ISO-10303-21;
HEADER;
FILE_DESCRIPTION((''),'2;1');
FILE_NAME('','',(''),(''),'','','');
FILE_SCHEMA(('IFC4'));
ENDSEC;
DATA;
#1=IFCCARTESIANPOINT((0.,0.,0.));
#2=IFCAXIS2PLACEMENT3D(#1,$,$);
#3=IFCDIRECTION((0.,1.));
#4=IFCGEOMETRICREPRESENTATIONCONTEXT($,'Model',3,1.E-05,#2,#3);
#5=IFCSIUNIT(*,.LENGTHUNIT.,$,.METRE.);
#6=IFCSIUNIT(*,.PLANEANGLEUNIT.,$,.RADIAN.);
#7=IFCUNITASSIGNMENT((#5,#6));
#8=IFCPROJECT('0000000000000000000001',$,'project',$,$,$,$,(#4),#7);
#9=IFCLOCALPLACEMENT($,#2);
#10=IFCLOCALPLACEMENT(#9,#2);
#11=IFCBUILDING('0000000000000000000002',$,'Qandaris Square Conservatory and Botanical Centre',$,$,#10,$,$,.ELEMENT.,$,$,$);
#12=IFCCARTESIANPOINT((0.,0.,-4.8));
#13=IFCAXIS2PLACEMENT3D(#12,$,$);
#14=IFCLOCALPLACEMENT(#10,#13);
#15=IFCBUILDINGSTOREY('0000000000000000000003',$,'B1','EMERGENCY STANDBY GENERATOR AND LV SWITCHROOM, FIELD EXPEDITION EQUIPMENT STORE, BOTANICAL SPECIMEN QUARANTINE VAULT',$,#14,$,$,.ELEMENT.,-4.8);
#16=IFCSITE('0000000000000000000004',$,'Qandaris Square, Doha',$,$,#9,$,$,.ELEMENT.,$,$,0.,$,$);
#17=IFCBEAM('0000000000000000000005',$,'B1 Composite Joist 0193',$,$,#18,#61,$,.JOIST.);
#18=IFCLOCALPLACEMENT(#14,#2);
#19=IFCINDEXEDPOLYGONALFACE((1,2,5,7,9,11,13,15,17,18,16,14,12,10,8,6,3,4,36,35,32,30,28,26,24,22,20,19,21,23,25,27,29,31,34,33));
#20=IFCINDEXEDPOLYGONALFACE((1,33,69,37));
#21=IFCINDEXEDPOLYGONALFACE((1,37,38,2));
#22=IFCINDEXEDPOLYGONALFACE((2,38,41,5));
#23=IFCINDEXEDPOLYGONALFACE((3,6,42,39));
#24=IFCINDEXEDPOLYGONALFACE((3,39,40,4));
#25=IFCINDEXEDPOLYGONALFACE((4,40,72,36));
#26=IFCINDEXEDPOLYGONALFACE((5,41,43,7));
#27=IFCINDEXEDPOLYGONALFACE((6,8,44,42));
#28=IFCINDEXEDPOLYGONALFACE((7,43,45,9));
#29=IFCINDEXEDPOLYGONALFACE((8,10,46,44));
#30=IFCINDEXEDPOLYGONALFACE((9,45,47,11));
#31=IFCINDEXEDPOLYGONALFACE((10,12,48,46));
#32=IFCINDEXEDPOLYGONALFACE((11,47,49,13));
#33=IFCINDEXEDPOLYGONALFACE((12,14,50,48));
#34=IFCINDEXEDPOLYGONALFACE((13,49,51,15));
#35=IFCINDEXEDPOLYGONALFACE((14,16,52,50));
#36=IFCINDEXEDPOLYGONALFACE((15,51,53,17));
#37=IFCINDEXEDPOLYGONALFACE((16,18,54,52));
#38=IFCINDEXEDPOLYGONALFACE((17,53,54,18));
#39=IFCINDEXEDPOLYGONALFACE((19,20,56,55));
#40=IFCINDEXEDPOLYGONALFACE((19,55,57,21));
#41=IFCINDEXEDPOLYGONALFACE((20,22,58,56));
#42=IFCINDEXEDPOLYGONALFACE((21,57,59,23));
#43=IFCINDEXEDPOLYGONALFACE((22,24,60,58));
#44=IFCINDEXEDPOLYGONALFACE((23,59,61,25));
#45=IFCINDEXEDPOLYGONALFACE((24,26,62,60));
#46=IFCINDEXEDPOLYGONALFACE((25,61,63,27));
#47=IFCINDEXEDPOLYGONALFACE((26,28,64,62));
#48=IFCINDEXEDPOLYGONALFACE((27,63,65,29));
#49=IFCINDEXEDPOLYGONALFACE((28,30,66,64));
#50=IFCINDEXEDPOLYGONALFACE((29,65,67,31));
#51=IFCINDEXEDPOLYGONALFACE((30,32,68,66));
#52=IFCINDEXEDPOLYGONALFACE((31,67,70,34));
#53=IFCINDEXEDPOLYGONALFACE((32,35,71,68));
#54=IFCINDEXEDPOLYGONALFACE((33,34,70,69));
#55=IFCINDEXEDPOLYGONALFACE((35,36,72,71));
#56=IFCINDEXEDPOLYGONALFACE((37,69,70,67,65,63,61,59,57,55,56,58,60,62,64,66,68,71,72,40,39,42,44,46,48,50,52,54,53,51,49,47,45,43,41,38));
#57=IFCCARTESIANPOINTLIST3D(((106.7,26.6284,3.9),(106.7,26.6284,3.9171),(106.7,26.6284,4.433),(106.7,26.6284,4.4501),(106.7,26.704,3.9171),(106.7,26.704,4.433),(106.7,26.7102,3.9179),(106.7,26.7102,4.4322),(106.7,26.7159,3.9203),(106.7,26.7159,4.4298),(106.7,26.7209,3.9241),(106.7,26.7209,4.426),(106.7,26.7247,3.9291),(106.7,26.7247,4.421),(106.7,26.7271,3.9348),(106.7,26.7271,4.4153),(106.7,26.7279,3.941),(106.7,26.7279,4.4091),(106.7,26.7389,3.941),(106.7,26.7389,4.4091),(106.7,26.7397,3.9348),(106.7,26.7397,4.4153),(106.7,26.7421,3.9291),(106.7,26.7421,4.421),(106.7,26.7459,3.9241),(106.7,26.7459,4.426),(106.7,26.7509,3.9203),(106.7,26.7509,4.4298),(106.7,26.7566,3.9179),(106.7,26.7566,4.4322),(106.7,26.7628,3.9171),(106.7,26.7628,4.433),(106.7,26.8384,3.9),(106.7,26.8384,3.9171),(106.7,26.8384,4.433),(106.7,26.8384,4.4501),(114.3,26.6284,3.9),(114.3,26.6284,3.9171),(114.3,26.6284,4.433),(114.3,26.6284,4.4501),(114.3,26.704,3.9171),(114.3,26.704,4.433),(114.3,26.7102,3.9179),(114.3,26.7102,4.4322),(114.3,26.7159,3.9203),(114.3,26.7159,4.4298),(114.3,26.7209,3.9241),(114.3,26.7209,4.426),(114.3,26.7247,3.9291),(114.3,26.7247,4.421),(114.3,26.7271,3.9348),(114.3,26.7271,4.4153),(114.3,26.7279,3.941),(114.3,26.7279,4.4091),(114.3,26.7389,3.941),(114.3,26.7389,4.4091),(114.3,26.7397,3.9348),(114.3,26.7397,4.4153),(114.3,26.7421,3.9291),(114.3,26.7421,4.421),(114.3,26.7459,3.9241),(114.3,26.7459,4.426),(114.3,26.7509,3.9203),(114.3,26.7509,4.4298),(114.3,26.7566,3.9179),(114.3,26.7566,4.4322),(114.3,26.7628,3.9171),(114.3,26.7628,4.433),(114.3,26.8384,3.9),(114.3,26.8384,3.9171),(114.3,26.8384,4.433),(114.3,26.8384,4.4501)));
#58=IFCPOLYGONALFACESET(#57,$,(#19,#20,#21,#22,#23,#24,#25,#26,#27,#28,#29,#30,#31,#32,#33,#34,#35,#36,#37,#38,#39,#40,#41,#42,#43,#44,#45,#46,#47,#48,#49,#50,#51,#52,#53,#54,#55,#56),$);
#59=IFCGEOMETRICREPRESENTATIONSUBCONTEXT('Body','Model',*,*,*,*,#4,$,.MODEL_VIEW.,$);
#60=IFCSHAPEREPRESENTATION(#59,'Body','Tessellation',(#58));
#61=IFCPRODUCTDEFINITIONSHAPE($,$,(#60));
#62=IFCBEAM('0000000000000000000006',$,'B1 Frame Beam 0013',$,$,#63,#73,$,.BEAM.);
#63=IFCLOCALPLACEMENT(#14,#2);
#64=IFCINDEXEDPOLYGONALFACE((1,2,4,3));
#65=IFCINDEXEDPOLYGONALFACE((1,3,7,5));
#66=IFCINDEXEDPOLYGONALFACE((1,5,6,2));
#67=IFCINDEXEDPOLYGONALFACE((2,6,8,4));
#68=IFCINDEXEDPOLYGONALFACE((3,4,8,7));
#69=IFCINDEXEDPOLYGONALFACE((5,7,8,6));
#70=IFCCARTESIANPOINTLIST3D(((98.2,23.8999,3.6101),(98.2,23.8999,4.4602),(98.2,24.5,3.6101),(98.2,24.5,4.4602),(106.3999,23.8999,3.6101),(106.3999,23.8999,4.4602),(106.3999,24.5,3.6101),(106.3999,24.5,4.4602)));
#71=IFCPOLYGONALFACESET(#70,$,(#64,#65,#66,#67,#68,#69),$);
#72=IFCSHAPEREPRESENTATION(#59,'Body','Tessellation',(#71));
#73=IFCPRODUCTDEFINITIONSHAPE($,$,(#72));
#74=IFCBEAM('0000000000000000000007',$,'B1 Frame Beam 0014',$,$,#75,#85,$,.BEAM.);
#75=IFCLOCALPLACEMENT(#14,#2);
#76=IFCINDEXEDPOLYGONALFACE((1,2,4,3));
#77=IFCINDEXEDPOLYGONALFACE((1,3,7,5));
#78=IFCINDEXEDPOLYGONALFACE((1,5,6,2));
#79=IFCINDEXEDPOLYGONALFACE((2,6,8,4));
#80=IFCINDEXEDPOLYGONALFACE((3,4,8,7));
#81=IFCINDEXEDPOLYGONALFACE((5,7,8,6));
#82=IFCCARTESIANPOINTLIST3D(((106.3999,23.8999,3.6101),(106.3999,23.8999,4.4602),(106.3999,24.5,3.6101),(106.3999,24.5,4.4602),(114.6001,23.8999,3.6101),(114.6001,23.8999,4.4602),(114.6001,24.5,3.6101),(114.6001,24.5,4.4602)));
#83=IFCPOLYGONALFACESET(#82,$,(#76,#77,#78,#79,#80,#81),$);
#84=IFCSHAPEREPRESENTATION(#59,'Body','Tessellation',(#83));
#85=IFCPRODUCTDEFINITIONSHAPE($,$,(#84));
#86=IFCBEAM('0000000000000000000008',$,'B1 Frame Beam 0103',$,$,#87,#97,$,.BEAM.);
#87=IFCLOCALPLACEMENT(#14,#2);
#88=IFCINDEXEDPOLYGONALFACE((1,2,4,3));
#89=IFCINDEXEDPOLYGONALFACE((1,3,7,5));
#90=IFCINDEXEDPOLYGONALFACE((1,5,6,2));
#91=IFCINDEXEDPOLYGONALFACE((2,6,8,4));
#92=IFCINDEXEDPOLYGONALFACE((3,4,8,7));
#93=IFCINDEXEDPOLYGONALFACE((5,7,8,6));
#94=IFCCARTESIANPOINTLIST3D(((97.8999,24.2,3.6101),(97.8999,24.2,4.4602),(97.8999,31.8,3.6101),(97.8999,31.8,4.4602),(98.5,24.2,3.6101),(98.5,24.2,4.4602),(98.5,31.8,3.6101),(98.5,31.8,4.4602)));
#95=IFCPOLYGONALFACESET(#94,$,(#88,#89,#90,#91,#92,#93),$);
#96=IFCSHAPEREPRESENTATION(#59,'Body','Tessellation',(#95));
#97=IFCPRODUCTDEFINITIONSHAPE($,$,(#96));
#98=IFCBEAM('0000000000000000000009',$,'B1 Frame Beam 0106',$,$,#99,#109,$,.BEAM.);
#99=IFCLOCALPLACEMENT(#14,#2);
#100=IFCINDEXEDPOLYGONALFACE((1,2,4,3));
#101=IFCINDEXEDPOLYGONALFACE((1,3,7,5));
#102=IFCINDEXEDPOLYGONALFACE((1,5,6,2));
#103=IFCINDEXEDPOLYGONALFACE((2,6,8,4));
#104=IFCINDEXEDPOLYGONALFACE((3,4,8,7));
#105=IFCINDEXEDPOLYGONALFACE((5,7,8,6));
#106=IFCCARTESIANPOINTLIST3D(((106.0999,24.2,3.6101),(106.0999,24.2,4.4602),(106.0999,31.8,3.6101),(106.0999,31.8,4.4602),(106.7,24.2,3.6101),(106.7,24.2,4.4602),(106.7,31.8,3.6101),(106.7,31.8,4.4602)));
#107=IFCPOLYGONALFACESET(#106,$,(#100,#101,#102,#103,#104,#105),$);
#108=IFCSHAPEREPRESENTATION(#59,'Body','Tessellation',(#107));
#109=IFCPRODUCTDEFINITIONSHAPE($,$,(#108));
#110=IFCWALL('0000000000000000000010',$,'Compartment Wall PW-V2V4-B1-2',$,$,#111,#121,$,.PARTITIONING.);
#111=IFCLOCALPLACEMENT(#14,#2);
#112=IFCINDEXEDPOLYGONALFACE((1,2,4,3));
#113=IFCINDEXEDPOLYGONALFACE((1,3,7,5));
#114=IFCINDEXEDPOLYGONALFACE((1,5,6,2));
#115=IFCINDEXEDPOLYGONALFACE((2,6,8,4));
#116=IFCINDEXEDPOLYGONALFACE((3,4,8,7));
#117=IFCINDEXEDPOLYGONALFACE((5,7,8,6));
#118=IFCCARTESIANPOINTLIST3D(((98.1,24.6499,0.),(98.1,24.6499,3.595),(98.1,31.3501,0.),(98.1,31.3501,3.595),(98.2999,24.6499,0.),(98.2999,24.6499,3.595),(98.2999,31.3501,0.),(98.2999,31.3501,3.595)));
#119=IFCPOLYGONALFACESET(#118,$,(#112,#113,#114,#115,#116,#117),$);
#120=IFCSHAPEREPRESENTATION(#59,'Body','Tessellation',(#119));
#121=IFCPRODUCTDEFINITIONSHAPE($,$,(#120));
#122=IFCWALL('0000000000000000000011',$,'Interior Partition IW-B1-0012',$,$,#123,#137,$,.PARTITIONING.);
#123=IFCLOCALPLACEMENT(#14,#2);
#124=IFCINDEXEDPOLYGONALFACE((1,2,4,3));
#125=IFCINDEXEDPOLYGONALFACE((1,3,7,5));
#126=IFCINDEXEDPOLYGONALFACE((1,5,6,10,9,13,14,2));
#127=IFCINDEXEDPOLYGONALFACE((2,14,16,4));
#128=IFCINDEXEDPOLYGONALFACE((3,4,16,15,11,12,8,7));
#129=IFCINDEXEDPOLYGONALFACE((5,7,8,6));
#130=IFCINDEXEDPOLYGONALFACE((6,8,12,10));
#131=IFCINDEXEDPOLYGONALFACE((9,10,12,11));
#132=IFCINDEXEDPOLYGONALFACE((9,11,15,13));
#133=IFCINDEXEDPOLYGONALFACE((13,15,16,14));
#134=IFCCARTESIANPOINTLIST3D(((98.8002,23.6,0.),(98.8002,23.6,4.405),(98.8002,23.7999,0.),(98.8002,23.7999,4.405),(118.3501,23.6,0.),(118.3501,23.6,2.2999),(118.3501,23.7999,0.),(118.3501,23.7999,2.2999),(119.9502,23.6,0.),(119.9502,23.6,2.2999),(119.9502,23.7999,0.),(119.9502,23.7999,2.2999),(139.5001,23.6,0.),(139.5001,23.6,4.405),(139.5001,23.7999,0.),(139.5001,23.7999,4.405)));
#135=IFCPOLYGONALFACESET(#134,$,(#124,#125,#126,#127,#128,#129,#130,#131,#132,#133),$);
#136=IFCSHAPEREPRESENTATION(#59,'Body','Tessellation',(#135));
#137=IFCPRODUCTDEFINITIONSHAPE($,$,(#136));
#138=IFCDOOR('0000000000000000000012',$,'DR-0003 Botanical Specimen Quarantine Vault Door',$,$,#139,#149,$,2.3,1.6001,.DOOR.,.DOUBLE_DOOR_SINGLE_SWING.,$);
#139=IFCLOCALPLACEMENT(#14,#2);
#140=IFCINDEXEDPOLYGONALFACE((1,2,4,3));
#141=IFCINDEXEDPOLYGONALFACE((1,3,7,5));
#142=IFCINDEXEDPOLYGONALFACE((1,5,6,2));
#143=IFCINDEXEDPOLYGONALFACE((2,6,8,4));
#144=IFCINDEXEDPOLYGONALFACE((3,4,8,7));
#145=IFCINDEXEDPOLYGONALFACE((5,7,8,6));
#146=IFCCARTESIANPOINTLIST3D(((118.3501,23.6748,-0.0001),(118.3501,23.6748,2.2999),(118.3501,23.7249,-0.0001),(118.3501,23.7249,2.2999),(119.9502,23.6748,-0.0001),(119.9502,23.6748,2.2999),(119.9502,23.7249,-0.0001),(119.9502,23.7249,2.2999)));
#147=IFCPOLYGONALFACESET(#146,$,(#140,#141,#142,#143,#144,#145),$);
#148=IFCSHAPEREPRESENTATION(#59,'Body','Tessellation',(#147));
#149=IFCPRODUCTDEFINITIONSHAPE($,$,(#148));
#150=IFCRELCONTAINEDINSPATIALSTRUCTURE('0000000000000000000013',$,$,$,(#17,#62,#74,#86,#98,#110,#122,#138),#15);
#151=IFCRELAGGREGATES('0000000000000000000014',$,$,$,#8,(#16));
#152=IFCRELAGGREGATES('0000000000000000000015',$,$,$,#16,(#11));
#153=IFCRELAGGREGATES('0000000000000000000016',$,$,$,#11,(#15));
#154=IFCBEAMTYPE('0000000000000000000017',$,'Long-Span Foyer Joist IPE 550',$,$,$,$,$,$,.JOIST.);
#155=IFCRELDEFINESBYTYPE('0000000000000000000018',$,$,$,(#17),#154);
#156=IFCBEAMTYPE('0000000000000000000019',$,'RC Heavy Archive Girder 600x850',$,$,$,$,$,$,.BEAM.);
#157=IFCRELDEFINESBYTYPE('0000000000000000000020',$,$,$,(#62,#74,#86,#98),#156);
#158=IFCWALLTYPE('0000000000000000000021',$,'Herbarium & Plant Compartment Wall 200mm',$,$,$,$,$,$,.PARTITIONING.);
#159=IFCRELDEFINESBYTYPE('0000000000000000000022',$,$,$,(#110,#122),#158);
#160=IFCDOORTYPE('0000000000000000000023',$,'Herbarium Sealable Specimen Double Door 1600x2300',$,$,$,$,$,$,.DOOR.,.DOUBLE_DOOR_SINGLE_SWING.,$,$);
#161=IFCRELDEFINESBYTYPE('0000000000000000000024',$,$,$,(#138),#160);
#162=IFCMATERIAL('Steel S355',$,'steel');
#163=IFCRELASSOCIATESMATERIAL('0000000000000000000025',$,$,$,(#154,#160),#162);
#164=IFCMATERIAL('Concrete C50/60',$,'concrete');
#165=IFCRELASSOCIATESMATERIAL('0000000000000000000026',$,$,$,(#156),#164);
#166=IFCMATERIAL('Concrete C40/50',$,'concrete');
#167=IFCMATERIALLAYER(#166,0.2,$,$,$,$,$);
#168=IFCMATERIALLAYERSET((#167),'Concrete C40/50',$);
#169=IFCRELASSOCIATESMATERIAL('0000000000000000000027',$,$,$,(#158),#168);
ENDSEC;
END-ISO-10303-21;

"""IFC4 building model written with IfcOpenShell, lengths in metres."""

from ifc_helpers import new_model, si_unit, direction, frame, frame_2d, origin, origin_2d, place, context, subcontext, project, spatial, rectangle, i_section, extrude, material, layer, layer_set, material_profile, profile_set, type_object, element, fill, save


model = new_model("IFC4")

# Units and contexts
model_context = context("Model", 3, precision=1e-05, world=origin(), true_north=direction((0.0, 1.0)))
body_context = subcontext(model_context, "Body", "Model", "MODEL_VIEW")
ifc_project = project(units=[si_unit("LENGTHUNIT", "METRE"), si_unit("PLANEANGLEUNIT", "RADIAN")], contexts=[model_context])

# Site, building, storey
site_placement = place(None, origin())
site = spatial("IfcSite", under=ifc_project, at=site_placement, Name="Qandaris Square, Doha", CompositionType="ELEMENT", RefElevation=0.0)
building_placement = place(site_placement, origin())
building = spatial("IfcBuilding", under=site, at=building_placement, Name="Qandaris Square Conservatory and Botanical Centre", CompositionType="ELEMENT")
storey_placement = place(building_placement, frame((0.0, 0.0, -4.8)))
storey = spatial("IfcBuildingStorey", under=building, at=storey_placement, Name="B1", Description="EMERGENCY STANDBY GENERATOR AND LV SWITCHROOM, FIELD EXPEDITION EQUIPMENT STORE, BOTANICAL SPECIMEN QUARANTINE VAULT", CompositionType="ELEMENT", Elevation=-4.8)

# Shared definitions
ifc_material_1 = material(Name="Concrete C50/60", Category="concrete")

# Shared definitions
ifc_material_2 = material(Name="Concrete C40/50", Category="concrete")

# Beams
ifc_material_3 = material(Name="Steel S355", Category="steel")
ifc_material_profile_1 = material_profile(ifc_material_3, i_section(OverallWidth=0.21, OverallDepth=0.55, WebThickness=0.011, FlangeThickness=0.0171, FilletRadius=0.0239, at=origin_2d()), Name="IPE 550")
ifc_profile_set_1 = profile_set([ifc_material_profile_1], Name="Steel S355")
beam_type_1 = type_object("IfcBeamType", Name="Long-Span Foyer Joist IPE 550", PredefinedType="JOIST", material=ifc_profile_set_1)
for number, where, z_axis, x_axis, name in (
    (1, (106.7, 26.7334, 4.175), (1.0, 0.0, 0.0), (0.0, 1.0, 0.0), "B1 Composite Joist 0193"),
):
    element("IfcBeam", number, at=place(storey_placement, frame(where, z_axis=z_axis, x_axis=x_axis)), inside=storey, type_object=beam_type_1, Name=name, PredefinedType="JOIST", context=body_context, shape_type="SweptSolid", body=[
        extrude(i_section(OverallWidth=0.21, OverallDepth=0.55, WebThickness=0.011, FlangeThickness=0.0171, FilletRadius=0.0239, at=origin_2d()), origin(), (0.0, 0.0, 1.0), 7.6001),
    ])
ifc_material_profile_2 = material_profile(ifc_material_1, rectangle(XDim=0.6001, YDim=0.8501, at=origin_2d()), Name="RC-BM 600x850")
ifc_profile_set_2 = profile_set([ifc_material_profile_2], Name="Concrete C50/60")
beam_type_2 = type_object("IfcBeamType", Name="RC Heavy Archive Girder 600x850", PredefinedType="BEAM", material=ifc_profile_set_2)
beam_1_placement = place(storey_placement, frame((98.2, 24.2, 4.0352), z_axis=(1.0, 0.0, 0.0), x_axis=(0.0, 1.0, 0.0)))
element("IfcBeam", 2, at=beam_1_placement, inside=storey, type_object=beam_type_2, Name="B1 Frame Beam 0013", PredefinedType="BEAM", context=body_context, shape_type="SweptSolid", body=[
    extrude(rectangle(XDim=0.6001, YDim=0.8501, at=origin_2d()), origin(), (0.0, 0.0, 1.0), 8.2),
])
beam_2_placement = place(storey_placement, frame((106.3999, 24.2, 4.0352), z_axis=(1.0, 0.0, 0.0), x_axis=(0.0, 1.0, 0.0)))
element("IfcBeam", 3, at=beam_2_placement, inside=storey, type_object=beam_type_2, Name="B1 Frame Beam 0014", PredefinedType="BEAM", context=body_context, shape_type="SweptSolid", body=[
    extrude(rectangle(XDim=0.6001, YDim=0.8501, at=origin_2d()), origin(), (0.0, 0.0, 1.0), 8.2002),
])
for number, where, z_axis, x_axis, name in (
    (4, (98.2, 24.2, 4.0352), (0.0, 1.0, 0.0), (-1.0, 0.0, 0.0), "B1 Frame Beam 0103"),
    (5, (106.3999, 24.2, 4.0352), (0.0, 1.0, 0.0), (-1.0, 0.0, 0.0), "B1 Frame Beam 0106"),
):
    element("IfcBeam", number, at=place(storey_placement, frame(where, z_axis=z_axis, x_axis=x_axis)), inside=storey, type_object=beam_type_2, Name=name, PredefinedType="BEAM", context=body_context, shape_type="SweptSolid", body=[
        extrude(rectangle(XDim=0.6001, YDim=0.8501, at=origin_2d()), origin(), (0.0, 0.0, 1.0), 7.6001),
    ])

# Wall
ifc_layer = layer(ifc_material_2, 0.2)
ifc_layer_set = layer_set([ifc_layer], Name="Concrete C40/50")
wall_type = type_object("IfcWallType", Name="Herbarium & Plant Compartment Wall 200mm", PredefinedType="PARTITIONING", material=ifc_layer_set)
wall_1_placement = place(storey_placement, frame((98.2, 24.6499, 0.0), z_axis=(0.0, 0.0, 1.0), x_axis=(0.0, 1.0, 0.0)))
element("IfcWall", 6, at=wall_1_placement, inside=storey, type_object=wall_type, Name="Compartment Wall PW-V2V4-B1-2", PredefinedType="PARTITIONING", context=body_context, shape_type="SweptSolid", body=[
    extrude(rectangle(XDim=6.7002, YDim=0.2, at=frame_2d((3.3501, 0.0))), origin(), (0.0, 0.0, 1.0), 3.595),
])

# Wall, opening, door
wall_2_placement = place(storey_placement, frame((98.8, 23.7, 0.0), z_axis=(0.0, 0.0, 1.0), x_axis=(1.0, 0.0, 0.0)))
wall_2 = element("IfcWall", 7, at=wall_2_placement, inside=storey, type_object=wall_type, Name="Interior Partition IW-B1-0012", PredefinedType="PARTITIONING", context=body_context, shape_type="SweptSolid", body=[
    extrude(rectangle(XDim=40.7, YDim=0.2, at=frame_2d((20.3501, 0.0))), origin(), (0.0, 0.0, 1.0), 4.405),
])
opening_placement = place(wall_2_placement, frame((19.55, 0.0, 0.0)))
opening = element("IfcOpeningElement", 8, at=opening_placement, cuts=wall_2, PredefinedType="OPENING", context=body_context, shape_type="SweptSolid", body=[
    extrude(rectangle(XDim=1.6001, YDim=2.3, at=frame_2d((0.8, 1.1499))), frame((0.0, 0.1118, 0.0), z_axis=(0.0, -1.0, 0.0), x_axis=(1.0, 0.0, 0.0)), (0.0, 0.0, 1.0), 0.2239),
])
door_type = type_object("IfcDoorType", Name="Herbarium Sealable Specimen Double Door 1600x2300", OperationType="DOUBLE_DOOR_SINGLE_SWING", PredefinedType="DOOR", material=ifc_material_3)
door_placement = place(opening_placement, origin())
door = element("IfcDoor", 9, at=door_placement, inside=storey, type_object=door_type, Name="DR-0003 Botanical Specimen Quarantine Vault Door", OperationType="DOUBLE_DOOR_SINGLE_SWING", OverallHeight=2.3, OverallWidth=1.6001, PredefinedType="DOOR", context=body_context, shape_type="SweptSolid", body=[
    extrude(rectangle(XDim=1.6001, YDim=2.3, at=frame_2d((0.8, 1.1499))), frame((0.0, 0.0249, 0.0), z_axis=(0.0, -1.0, 0.0), x_axis=(1.0, 0.0, 0.0)), (0.0, 0.0, 1.0), 0.05),
])
fill(opening, door)

save(model, "model.ifc")
